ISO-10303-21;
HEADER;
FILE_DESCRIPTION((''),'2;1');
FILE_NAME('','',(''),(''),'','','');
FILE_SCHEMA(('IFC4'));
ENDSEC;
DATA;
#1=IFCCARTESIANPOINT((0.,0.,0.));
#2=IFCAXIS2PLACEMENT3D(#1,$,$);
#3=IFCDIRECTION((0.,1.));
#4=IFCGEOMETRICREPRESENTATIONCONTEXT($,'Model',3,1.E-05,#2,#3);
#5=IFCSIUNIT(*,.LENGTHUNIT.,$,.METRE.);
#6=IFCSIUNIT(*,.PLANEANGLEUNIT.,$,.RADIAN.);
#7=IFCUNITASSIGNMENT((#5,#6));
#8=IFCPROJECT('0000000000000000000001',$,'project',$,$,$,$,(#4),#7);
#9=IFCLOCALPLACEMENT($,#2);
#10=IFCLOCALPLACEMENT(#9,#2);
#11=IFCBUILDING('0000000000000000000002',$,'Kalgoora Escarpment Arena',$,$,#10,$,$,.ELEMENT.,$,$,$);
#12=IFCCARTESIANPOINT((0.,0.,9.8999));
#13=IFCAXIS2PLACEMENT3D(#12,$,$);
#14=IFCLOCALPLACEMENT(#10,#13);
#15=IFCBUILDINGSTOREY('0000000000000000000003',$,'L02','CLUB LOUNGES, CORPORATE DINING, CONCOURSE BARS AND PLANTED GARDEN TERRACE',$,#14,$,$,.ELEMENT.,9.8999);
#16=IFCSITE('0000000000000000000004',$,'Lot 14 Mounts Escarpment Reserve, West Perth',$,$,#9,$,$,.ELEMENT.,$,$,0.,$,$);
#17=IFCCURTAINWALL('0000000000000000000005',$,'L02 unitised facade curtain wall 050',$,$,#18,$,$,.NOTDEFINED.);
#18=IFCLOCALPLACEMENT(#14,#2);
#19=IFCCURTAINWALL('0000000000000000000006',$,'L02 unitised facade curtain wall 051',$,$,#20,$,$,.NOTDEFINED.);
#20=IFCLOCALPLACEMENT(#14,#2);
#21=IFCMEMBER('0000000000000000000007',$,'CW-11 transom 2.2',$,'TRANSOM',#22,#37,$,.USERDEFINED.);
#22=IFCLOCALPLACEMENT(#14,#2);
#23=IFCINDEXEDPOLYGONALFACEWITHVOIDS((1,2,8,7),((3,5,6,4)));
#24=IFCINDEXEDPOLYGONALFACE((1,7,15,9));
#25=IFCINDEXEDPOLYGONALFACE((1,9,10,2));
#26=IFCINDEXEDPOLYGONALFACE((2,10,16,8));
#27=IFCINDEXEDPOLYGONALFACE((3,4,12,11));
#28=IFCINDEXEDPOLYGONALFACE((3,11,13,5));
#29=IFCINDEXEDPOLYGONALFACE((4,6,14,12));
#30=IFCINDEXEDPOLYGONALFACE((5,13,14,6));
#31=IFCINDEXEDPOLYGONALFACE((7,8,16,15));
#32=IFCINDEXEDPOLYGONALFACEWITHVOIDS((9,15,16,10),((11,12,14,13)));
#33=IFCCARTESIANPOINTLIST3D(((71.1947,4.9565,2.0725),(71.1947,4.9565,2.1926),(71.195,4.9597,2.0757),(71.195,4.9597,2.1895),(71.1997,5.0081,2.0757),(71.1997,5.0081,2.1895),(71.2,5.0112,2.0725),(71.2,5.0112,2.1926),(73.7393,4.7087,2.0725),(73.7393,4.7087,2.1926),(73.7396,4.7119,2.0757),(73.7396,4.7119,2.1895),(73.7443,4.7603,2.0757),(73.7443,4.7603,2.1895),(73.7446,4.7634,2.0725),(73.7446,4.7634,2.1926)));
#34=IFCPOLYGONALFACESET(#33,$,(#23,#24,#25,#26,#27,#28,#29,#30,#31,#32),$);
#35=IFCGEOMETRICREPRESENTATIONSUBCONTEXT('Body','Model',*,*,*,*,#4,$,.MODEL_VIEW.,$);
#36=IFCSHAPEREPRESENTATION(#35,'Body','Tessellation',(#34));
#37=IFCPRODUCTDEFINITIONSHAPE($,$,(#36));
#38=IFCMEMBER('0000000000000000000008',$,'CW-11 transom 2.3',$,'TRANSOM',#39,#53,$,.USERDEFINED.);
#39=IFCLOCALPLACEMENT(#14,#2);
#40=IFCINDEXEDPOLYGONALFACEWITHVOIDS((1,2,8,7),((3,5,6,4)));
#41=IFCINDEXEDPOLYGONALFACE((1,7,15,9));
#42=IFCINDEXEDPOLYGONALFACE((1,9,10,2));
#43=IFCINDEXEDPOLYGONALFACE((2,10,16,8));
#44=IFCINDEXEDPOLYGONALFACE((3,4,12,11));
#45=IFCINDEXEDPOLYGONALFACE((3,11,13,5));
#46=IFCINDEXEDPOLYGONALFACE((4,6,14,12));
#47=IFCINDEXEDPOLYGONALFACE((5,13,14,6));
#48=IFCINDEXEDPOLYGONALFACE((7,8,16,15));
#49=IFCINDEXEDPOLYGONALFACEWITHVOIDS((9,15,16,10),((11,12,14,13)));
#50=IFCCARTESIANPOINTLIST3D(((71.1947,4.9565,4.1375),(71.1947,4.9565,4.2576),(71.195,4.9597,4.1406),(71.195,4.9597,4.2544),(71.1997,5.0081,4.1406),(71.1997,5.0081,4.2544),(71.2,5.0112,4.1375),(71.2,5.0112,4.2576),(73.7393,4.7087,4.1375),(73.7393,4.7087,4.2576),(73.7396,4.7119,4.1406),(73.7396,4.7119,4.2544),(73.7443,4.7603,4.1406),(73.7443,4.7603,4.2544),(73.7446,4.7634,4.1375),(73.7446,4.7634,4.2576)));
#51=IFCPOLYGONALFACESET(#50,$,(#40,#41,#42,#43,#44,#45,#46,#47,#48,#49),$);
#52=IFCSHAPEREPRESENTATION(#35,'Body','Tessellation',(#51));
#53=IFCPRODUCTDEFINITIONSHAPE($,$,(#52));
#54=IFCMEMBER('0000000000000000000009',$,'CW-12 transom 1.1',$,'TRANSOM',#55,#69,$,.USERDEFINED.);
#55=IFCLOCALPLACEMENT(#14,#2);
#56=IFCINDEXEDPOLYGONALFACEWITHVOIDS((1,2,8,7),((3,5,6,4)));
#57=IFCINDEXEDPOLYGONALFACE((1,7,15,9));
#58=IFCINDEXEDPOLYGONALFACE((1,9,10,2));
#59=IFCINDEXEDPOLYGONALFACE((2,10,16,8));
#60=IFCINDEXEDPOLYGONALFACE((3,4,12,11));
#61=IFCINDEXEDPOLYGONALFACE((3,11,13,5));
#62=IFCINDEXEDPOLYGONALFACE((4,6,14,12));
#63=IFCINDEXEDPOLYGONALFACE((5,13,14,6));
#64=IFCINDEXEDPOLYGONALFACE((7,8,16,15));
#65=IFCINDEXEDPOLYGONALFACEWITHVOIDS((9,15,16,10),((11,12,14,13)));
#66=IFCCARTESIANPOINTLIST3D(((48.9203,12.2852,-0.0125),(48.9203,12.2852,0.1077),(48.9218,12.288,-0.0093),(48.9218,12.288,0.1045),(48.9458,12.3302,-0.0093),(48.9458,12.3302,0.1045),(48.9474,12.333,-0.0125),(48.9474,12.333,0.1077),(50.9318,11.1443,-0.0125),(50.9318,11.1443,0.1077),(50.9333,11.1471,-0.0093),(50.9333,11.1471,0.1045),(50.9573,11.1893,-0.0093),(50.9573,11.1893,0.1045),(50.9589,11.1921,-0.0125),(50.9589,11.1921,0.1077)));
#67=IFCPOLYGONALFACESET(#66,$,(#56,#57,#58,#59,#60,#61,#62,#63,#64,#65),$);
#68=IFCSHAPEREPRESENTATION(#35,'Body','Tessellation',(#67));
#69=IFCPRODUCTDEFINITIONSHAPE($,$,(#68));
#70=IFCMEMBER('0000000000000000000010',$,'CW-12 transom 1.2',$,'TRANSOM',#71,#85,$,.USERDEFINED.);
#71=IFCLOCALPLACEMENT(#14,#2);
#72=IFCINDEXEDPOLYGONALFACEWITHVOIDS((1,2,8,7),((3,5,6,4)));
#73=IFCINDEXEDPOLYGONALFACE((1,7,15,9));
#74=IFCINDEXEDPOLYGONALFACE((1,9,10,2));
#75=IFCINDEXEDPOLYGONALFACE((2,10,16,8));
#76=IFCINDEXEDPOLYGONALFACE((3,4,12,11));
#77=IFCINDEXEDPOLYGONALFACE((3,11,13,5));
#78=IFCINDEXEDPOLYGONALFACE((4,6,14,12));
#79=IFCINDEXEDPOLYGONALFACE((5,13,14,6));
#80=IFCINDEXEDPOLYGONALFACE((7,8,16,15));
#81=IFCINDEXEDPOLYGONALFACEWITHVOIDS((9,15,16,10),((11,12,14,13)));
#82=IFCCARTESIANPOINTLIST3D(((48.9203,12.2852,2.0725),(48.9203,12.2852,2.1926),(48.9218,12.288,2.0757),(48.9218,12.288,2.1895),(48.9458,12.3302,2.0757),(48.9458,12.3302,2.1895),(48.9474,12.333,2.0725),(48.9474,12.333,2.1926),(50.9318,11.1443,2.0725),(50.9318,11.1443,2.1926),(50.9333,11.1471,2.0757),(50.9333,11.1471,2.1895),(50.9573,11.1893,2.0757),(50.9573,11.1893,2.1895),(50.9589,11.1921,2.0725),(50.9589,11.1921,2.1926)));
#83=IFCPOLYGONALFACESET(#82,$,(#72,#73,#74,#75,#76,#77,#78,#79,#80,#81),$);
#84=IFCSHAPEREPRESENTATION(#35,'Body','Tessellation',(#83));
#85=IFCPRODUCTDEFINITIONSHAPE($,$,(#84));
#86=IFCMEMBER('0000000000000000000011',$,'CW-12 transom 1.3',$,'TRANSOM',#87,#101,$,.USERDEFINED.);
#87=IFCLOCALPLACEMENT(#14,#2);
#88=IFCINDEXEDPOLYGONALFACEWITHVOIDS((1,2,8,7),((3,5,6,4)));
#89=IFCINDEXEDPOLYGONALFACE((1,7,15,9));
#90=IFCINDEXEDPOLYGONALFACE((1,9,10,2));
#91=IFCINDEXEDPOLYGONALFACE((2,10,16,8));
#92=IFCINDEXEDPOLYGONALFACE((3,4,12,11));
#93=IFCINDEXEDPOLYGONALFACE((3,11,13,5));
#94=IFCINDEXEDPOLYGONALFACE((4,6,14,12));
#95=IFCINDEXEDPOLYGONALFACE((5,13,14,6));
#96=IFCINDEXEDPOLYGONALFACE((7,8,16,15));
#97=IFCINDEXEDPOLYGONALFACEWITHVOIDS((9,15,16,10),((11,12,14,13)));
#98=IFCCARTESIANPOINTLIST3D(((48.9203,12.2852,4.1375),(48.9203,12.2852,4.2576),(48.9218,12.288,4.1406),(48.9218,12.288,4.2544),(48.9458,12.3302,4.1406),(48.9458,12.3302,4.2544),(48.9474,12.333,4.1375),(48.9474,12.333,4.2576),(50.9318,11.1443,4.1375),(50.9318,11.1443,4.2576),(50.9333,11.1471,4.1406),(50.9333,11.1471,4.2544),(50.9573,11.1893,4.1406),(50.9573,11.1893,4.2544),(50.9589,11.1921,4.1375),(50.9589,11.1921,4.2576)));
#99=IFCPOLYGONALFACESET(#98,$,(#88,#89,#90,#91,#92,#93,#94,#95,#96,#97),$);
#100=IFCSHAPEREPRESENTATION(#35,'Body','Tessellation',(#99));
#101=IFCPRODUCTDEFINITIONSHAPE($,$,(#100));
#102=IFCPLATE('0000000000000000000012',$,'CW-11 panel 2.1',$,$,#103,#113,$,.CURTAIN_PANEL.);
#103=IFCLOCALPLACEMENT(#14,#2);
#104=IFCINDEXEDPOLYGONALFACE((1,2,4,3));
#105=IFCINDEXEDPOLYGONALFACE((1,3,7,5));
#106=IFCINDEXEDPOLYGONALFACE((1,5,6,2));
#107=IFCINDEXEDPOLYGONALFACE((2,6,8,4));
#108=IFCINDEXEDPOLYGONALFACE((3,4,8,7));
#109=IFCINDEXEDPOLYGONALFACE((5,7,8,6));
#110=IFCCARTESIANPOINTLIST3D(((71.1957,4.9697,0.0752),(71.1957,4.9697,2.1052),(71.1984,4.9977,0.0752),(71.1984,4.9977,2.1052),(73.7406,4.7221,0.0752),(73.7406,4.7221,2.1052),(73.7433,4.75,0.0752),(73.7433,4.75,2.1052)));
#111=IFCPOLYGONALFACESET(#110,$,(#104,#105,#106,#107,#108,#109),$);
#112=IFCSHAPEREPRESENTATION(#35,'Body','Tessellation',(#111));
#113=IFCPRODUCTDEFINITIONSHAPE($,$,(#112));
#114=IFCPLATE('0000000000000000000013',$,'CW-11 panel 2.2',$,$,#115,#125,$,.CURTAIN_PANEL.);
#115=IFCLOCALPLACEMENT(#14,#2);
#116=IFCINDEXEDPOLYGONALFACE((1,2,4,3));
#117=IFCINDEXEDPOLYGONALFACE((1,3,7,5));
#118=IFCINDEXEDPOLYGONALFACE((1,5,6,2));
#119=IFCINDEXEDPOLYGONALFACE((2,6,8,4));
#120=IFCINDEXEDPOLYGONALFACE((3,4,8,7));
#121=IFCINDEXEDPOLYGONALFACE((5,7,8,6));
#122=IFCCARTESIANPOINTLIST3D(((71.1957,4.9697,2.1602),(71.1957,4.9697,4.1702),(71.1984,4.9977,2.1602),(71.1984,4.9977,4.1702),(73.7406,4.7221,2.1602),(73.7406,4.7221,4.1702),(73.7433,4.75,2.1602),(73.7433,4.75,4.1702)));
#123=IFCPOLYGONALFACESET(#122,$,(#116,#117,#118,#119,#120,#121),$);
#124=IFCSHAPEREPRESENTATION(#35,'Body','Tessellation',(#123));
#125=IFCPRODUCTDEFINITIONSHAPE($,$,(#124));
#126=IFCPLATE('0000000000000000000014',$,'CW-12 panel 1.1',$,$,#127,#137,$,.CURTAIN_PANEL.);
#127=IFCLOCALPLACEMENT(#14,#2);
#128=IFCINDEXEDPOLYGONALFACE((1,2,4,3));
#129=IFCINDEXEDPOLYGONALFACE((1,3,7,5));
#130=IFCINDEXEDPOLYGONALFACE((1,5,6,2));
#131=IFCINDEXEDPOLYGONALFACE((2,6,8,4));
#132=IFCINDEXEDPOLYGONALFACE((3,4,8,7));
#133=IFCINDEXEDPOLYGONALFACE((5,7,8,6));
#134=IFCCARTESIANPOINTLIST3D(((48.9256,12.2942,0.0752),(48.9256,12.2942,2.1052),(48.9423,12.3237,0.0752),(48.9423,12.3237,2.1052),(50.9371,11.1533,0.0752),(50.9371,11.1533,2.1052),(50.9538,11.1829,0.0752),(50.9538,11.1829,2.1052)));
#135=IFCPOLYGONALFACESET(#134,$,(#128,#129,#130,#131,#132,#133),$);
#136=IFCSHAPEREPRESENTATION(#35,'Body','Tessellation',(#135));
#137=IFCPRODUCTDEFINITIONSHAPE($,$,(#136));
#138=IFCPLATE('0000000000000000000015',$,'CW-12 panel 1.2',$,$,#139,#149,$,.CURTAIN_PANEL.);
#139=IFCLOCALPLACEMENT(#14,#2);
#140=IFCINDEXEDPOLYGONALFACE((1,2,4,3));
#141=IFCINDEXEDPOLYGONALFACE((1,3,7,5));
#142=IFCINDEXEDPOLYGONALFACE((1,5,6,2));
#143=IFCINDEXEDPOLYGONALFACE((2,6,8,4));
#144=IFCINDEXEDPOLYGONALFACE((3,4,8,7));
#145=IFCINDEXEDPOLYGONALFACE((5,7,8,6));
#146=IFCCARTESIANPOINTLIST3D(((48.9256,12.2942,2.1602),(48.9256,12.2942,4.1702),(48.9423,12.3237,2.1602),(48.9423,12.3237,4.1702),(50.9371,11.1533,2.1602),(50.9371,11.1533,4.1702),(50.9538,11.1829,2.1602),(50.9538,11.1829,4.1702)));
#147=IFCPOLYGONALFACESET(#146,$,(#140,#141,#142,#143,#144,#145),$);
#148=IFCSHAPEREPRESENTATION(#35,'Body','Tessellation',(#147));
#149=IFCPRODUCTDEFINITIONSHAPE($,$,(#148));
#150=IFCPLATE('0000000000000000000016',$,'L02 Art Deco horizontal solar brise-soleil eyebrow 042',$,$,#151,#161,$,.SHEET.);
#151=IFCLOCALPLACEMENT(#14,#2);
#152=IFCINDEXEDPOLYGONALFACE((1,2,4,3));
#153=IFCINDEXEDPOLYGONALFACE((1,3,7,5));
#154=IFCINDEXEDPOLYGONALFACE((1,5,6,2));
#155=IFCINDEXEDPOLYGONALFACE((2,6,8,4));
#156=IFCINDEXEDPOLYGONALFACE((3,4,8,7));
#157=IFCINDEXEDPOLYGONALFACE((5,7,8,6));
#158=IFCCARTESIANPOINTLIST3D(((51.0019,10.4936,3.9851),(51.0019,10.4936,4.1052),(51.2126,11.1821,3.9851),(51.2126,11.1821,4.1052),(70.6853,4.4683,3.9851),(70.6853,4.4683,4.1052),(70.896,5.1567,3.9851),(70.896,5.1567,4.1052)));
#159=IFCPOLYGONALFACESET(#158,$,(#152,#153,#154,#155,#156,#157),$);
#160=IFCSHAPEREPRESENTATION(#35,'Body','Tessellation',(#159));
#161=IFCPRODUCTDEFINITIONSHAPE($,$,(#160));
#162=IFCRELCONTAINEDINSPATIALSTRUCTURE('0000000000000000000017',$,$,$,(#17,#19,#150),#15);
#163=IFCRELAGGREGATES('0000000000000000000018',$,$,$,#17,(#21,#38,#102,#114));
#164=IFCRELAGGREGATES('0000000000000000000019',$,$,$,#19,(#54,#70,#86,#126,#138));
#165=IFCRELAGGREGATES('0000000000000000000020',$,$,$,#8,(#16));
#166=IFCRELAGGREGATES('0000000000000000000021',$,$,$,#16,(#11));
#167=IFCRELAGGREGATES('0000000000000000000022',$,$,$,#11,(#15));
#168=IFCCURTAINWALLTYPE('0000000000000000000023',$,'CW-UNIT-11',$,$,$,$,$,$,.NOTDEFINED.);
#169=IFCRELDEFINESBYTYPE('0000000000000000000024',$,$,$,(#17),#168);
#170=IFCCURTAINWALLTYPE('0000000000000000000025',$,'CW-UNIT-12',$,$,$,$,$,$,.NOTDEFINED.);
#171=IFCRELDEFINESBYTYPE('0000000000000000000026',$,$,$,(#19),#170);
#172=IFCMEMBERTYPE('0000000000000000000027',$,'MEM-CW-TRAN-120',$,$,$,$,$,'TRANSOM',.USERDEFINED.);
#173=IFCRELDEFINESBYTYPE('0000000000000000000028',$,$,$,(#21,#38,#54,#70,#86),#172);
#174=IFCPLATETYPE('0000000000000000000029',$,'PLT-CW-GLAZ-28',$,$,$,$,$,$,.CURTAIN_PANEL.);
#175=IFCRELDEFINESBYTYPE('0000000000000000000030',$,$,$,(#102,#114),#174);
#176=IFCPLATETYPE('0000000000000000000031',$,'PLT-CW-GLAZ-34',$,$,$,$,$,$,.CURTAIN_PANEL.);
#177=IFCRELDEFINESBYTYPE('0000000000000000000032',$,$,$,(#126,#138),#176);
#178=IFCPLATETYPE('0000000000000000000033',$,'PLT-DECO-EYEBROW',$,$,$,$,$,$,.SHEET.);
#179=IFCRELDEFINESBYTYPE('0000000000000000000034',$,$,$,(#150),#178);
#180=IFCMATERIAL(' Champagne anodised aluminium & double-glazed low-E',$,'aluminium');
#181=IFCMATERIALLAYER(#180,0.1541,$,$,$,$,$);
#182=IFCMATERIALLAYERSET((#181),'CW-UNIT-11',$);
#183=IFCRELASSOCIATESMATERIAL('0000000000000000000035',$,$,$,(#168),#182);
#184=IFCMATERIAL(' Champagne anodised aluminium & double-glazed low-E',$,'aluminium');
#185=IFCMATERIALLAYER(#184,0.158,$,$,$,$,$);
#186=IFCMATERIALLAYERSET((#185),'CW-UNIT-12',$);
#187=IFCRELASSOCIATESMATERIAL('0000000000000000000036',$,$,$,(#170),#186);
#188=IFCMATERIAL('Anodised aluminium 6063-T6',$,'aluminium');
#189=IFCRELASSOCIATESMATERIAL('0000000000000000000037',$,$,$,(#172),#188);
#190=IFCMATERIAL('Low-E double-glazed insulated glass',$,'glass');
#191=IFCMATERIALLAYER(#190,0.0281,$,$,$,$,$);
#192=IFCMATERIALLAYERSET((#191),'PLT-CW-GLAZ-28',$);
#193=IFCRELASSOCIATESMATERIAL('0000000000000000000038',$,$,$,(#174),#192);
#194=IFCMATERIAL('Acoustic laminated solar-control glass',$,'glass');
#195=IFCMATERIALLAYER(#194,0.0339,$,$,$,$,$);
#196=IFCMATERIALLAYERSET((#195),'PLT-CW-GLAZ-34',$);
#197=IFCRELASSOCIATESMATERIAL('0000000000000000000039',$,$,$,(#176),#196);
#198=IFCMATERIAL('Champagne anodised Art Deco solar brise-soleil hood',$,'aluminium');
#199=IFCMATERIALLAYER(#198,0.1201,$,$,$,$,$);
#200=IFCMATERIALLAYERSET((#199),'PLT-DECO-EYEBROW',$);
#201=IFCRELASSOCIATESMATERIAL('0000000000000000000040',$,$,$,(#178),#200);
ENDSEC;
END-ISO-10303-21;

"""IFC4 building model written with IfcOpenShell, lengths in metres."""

from ifc_helpers import new_model, si_unit, direction, frame, origin, origin_2d, place, context, subcontext, project, spatial, rectangle, hollow_rectangle, extrude, material, layer, layer_set, material_profile, profile_set, type_object, element, aggregate, save


model = new_model("IFC4")

# Units and contexts
model_context = context("Model", 3, precision=1e-05, world=origin(), true_north=direction((0.0, 1.0)))
body_context = subcontext(model_context, "Body", "Model", "MODEL_VIEW")
ifc_project = project(units=[si_unit("LENGTHUNIT", "METRE"), si_unit("PLANEANGLEUNIT", "RADIAN")], contexts=[model_context])

# Site, building, storey
site_placement = place(None, origin())
site = spatial("IfcSite", under=ifc_project, at=site_placement, Name="Lot 14 Mounts Escarpment Reserve, West Perth", CompositionType="ELEMENT", RefElevation=0.0)
building_placement = place(site_placement, origin())
building = spatial("IfcBuilding", under=site, at=building_placement, Name="Kalgoora Escarpment Arena", CompositionType="ELEMENT")
storey_placement = place(building_placement, frame((0.0, 0.0, 9.8999)))
storey = spatial("IfcBuildingStorey", under=building, at=storey_placement, Name="L02", Description="CLUB LOUNGES, CORPORATE DINING, CONCOURSE BARS AND PLANTED GARDEN TERRACE", CompositionType="ELEMENT", Elevation=9.8999)

# Curtain wall
ifc_material_1 = material(Name=" Champagne anodised aluminium & double-glazed low-E", Category="aluminium")
ifc_layer_1 = layer(ifc_material_1, 0.1541)
ifc_layer_set_1 = layer_set([ifc_layer_1], Name="CW-UNIT-11")
curtain_wall_type_1 = type_object("IfcCurtainWallType", Name="CW-UNIT-11", PredefinedType="NOTDEFINED", material=ifc_layer_set_1)
curtain_wall_1_placement = place(storey_placement, origin())
curtain_wall_1 = element("IfcCurtainWall", 1, at=curtain_wall_1_placement, inside=storey, type_object=curtain_wall_type_1, Name="L02 unitised facade curtain wall 050", PredefinedType="NOTDEFINED")

# Curtain wall
ifc_material_2 = material(Name=" Champagne anodised aluminium & double-glazed low-E", Category="aluminium")
ifc_layer_2 = layer(ifc_material_2, 0.158)
ifc_layer_set_2 = layer_set([ifc_layer_2], Name="CW-UNIT-12")
curtain_wall_type_2 = type_object("IfcCurtainWallType", Name="CW-UNIT-12", PredefinedType="NOTDEFINED", material=ifc_layer_set_2)
curtain_wall_2_placement = place(storey_placement, origin())
curtain_wall_2 = element("IfcCurtainWall", 2, at=curtain_wall_2_placement, inside=storey, type_object=curtain_wall_type_2, Name="L02 unitised facade curtain wall 051", PredefinedType="NOTDEFINED")

# Members
ifc_material_3 = material(Name="Anodised aluminium 6063-T6", Category="aluminium")
ifc_material_profile_1 = material_profile(ifc_material_3, hollow_rectangle(XDim=0.0549, YDim=0.1201, WallThickness=0.0032, at=origin_2d()))
ifc_profile_set_1 = profile_set([ifc_material_profile_1], Name="Anodised aluminium 6063-T6")
member_type_1 = type_object("IfcMemberType", Name="MEM-CW-TRAN-120", ElementType="TRANSOM", PredefinedType="USERDEFINED", material=ifc_profile_set_1)
member_1_placement = place(storey_placement, frame((73.7419, 4.7361, 2.1326), z_axis=(-0.995292, 0.096922, 0.0), x_axis=(-0.096922, -0.995292, 0.0)))
member_1 = element("IfcMember", 3, at=member_1_placement, type_object=member_type_1, Name="CW-11 transom 2.2", ObjectType="TRANSOM", PredefinedType="USERDEFINED", context=body_context, shape_type="SweptSolid", body=[
    extrude(hollow_rectangle(XDim=0.0549, YDim=0.1201, WallThickness=0.0032, at=origin_2d()), origin(), (0.0, 0.0, 1.0), 2.5566),
])
member_2_placement = place(storey_placement, frame((73.7419, 4.7361, 4.1975), z_axis=(-0.995292, 0.096922, 0.0), x_axis=(-0.096922, -0.995292, 0.0)))
member_2 = element("IfcMember", 4, at=member_2_placement, type_object=member_type_1, Name="CW-11 transom 2.3", ObjectType="TRANSOM", PredefinedType="USERDEFINED", context=body_context, shape_type="SweptSolid", body=[
    extrude(hollow_rectangle(XDim=0.0549, YDim=0.1201, WallThickness=0.0032, at=origin_2d()), origin(), (0.0, 0.0, 1.0), 2.5566),
])
member_3_placement = place(storey_placement, frame((50.9453, 11.1682, 0.0476), z_axis=(-0.86983, 0.493351, 0.0), x_axis=(-0.493351, -0.86983, 0.0)))
member_3 = element("IfcMember", 5, at=member_3_placement, type_object=member_type_1, Name="CW-12 transom 1.1", ObjectType="TRANSOM", PredefinedType="USERDEFINED", context=body_context, shape_type="SweptSolid", body=[
    extrude(hollow_rectangle(XDim=0.0549, YDim=0.1201, WallThickness=0.0032, at=origin_2d()), origin(), (0.0, 0.0, 1.0), 2.3125),
])
member_4_placement = place(storey_placement, frame((50.9453, 11.1682, 2.1326), z_axis=(-0.86983, 0.493351, 0.0), x_axis=(-0.493351, -0.86983, 0.0)))
member_4 = element("IfcMember", 6, at=member_4_placement, type_object=member_type_1, Name="CW-12 transom 1.2", ObjectType="TRANSOM", PredefinedType="USERDEFINED", context=body_context, shape_type="SweptSolid", body=[
    extrude(hollow_rectangle(XDim=0.0549, YDim=0.1201, WallThickness=0.0032, at=origin_2d()), origin(), (0.0, 0.0, 1.0), 2.3125),
])
member_5_placement = place(storey_placement, frame((50.9453, 11.1682, 4.1975), z_axis=(-0.86983, 0.493351, 0.0), x_axis=(-0.493351, -0.86983, 0.0)))
member_5 = element("IfcMember", 7, at=member_5_placement, type_object=member_type_1, Name="CW-12 transom 1.3", ObjectType="TRANSOM", PredefinedType="USERDEFINED", context=body_context, shape_type="SweptSolid", body=[
    extrude(hollow_rectangle(XDim=0.0549, YDim=0.1201, WallThickness=0.0032, at=origin_2d()), origin(), (0.0, 0.0, 1.0), 2.3125),
])

# Plates
ifc_material_4 = material(Name="Low-E double-glazed insulated glass", Category="glass")
ifc_layer_3 = layer(ifc_material_4, 0.0281)
ifc_layer_set_3 = layer_set([ifc_layer_3], Name="PLT-CW-GLAZ-28")
plate_type_1 = type_object("IfcPlateType", Name="PLT-CW-GLAZ-28", PredefinedType="CURTAIN_PANEL", material=ifc_layer_set_3)
plate_1_placement = place(storey_placement, frame((72.4695, 4.8599, 0.0752), z_axis=(0.0, 0.0, 1.0), x_axis=(-0.995299, 0.096853, 0.0)))
plate_1 = element("IfcPlate", 8, at=plate_1_placement, type_object=plate_type_1, Name="CW-11 panel 2.1", PredefinedType="CURTAIN_PANEL", context=body_context, shape_type="SweptSolid", body=[
    extrude(rectangle(XDim=2.5569, YDim=0.0281, at=origin_2d()), origin(), (0.0, 0.0, 1.0), 2.03),
])
plate_2_placement = place(storey_placement, frame((72.4695, 4.8599, 2.1602), z_axis=(0.0, 0.0, 1.0), x_axis=(-0.995299, 0.096853, 0.0)))
plate_2 = element("IfcPlate", 9, at=plate_2_placement, type_object=plate_type_1, Name="CW-11 panel 2.2", PredefinedType="CURTAIN_PANEL", context=body_context, shape_type="SweptSolid", body=[
    extrude(rectangle(XDim=2.5569, YDim=0.0281, at=origin_2d()), origin(), (0.0, 0.0, 1.0), 2.01),
])
aggregate(curtain_wall_1, [member_1, member_2, plate_1, plate_2])
ifc_material_5 = material(Name="Acoustic laminated solar-control glass", Category="glass")
ifc_layer_4 = layer(ifc_material_5, 0.0339)
ifc_layer_set_4 = layer_set([ifc_layer_4], Name="PLT-CW-GLAZ-34")
plate_type_2 = type_object("IfcPlateType", Name="PLT-CW-GLAZ-34", PredefinedType="CURTAIN_PANEL", material=ifc_layer_set_4)
plate_3_placement = place(storey_placement, frame((49.9397, 11.7385, 0.0752), z_axis=(0.0, 0.0, 1.0), x_axis=(-0.869834, 0.493344, 0.0)))
plate_3 = element("IfcPlate", 10, at=plate_3_placement, type_object=plate_type_2, Name="CW-12 panel 1.1", PredefinedType="CURTAIN_PANEL", context=body_context, shape_type="SweptSolid", body=[
    extrude(rectangle(XDim=2.3125, YDim=0.0339, at=origin_2d()), origin(), (0.0, 0.0, 1.0), 2.03),
])
plate_4_placement = place(storey_placement, frame((49.9397, 11.7385, 2.1602), z_axis=(0.0, 0.0, 1.0), x_axis=(-0.869834, 0.493344, 0.0)))
plate_4 = element("IfcPlate", 11, at=plate_4_placement, type_object=plate_type_2, Name="CW-12 panel 1.2", PredefinedType="CURTAIN_PANEL", context=body_context, shape_type="SweptSolid", body=[
    extrude(rectangle(XDim=2.3125, YDim=0.0339, at=origin_2d()), origin(), (0.0, 0.0, 1.0), 2.01),
])
aggregate(curtain_wall_2, [member_3, member_4, member_5, plate_3, plate_4])
ifc_material_6 = material(Name="Champagne anodised Art Deco solar brise-soleil hood", Category="aluminium")
ifc_layer_5 = layer(ifc_material_6, 0.1201)
ifc_layer_set_5 = layer_set([ifc_layer_5], Name="PLT-DECO-EYEBROW")
plate_type_3 = type_object("IfcPlateType", Name="PLT-DECO-EYEBROW", PredefinedType="SHEET", material=ifc_layer_set_5)
plate_5_placement = place(storey_placement, frame((60.949, 7.8252, 3.9851), z_axis=(0.0, 0.0, 1.0), x_axis=(-0.956203, 0.292706, 0.0)))
element("IfcPlate", 12, at=plate_5_placement, inside=storey, type_object=plate_type_3, Name="L02 Art Deco horizontal solar brise-soleil eyebrow 042", PredefinedType="SHEET", context=body_context, shape_type="SweptSolid", body=[
    extrude(rectangle(XDim=20.585, YDim=0.72, at=origin_2d()), origin(), (0.0, 0.0, 1.0), 0.1201),
])

save(model, "model.ifc")
